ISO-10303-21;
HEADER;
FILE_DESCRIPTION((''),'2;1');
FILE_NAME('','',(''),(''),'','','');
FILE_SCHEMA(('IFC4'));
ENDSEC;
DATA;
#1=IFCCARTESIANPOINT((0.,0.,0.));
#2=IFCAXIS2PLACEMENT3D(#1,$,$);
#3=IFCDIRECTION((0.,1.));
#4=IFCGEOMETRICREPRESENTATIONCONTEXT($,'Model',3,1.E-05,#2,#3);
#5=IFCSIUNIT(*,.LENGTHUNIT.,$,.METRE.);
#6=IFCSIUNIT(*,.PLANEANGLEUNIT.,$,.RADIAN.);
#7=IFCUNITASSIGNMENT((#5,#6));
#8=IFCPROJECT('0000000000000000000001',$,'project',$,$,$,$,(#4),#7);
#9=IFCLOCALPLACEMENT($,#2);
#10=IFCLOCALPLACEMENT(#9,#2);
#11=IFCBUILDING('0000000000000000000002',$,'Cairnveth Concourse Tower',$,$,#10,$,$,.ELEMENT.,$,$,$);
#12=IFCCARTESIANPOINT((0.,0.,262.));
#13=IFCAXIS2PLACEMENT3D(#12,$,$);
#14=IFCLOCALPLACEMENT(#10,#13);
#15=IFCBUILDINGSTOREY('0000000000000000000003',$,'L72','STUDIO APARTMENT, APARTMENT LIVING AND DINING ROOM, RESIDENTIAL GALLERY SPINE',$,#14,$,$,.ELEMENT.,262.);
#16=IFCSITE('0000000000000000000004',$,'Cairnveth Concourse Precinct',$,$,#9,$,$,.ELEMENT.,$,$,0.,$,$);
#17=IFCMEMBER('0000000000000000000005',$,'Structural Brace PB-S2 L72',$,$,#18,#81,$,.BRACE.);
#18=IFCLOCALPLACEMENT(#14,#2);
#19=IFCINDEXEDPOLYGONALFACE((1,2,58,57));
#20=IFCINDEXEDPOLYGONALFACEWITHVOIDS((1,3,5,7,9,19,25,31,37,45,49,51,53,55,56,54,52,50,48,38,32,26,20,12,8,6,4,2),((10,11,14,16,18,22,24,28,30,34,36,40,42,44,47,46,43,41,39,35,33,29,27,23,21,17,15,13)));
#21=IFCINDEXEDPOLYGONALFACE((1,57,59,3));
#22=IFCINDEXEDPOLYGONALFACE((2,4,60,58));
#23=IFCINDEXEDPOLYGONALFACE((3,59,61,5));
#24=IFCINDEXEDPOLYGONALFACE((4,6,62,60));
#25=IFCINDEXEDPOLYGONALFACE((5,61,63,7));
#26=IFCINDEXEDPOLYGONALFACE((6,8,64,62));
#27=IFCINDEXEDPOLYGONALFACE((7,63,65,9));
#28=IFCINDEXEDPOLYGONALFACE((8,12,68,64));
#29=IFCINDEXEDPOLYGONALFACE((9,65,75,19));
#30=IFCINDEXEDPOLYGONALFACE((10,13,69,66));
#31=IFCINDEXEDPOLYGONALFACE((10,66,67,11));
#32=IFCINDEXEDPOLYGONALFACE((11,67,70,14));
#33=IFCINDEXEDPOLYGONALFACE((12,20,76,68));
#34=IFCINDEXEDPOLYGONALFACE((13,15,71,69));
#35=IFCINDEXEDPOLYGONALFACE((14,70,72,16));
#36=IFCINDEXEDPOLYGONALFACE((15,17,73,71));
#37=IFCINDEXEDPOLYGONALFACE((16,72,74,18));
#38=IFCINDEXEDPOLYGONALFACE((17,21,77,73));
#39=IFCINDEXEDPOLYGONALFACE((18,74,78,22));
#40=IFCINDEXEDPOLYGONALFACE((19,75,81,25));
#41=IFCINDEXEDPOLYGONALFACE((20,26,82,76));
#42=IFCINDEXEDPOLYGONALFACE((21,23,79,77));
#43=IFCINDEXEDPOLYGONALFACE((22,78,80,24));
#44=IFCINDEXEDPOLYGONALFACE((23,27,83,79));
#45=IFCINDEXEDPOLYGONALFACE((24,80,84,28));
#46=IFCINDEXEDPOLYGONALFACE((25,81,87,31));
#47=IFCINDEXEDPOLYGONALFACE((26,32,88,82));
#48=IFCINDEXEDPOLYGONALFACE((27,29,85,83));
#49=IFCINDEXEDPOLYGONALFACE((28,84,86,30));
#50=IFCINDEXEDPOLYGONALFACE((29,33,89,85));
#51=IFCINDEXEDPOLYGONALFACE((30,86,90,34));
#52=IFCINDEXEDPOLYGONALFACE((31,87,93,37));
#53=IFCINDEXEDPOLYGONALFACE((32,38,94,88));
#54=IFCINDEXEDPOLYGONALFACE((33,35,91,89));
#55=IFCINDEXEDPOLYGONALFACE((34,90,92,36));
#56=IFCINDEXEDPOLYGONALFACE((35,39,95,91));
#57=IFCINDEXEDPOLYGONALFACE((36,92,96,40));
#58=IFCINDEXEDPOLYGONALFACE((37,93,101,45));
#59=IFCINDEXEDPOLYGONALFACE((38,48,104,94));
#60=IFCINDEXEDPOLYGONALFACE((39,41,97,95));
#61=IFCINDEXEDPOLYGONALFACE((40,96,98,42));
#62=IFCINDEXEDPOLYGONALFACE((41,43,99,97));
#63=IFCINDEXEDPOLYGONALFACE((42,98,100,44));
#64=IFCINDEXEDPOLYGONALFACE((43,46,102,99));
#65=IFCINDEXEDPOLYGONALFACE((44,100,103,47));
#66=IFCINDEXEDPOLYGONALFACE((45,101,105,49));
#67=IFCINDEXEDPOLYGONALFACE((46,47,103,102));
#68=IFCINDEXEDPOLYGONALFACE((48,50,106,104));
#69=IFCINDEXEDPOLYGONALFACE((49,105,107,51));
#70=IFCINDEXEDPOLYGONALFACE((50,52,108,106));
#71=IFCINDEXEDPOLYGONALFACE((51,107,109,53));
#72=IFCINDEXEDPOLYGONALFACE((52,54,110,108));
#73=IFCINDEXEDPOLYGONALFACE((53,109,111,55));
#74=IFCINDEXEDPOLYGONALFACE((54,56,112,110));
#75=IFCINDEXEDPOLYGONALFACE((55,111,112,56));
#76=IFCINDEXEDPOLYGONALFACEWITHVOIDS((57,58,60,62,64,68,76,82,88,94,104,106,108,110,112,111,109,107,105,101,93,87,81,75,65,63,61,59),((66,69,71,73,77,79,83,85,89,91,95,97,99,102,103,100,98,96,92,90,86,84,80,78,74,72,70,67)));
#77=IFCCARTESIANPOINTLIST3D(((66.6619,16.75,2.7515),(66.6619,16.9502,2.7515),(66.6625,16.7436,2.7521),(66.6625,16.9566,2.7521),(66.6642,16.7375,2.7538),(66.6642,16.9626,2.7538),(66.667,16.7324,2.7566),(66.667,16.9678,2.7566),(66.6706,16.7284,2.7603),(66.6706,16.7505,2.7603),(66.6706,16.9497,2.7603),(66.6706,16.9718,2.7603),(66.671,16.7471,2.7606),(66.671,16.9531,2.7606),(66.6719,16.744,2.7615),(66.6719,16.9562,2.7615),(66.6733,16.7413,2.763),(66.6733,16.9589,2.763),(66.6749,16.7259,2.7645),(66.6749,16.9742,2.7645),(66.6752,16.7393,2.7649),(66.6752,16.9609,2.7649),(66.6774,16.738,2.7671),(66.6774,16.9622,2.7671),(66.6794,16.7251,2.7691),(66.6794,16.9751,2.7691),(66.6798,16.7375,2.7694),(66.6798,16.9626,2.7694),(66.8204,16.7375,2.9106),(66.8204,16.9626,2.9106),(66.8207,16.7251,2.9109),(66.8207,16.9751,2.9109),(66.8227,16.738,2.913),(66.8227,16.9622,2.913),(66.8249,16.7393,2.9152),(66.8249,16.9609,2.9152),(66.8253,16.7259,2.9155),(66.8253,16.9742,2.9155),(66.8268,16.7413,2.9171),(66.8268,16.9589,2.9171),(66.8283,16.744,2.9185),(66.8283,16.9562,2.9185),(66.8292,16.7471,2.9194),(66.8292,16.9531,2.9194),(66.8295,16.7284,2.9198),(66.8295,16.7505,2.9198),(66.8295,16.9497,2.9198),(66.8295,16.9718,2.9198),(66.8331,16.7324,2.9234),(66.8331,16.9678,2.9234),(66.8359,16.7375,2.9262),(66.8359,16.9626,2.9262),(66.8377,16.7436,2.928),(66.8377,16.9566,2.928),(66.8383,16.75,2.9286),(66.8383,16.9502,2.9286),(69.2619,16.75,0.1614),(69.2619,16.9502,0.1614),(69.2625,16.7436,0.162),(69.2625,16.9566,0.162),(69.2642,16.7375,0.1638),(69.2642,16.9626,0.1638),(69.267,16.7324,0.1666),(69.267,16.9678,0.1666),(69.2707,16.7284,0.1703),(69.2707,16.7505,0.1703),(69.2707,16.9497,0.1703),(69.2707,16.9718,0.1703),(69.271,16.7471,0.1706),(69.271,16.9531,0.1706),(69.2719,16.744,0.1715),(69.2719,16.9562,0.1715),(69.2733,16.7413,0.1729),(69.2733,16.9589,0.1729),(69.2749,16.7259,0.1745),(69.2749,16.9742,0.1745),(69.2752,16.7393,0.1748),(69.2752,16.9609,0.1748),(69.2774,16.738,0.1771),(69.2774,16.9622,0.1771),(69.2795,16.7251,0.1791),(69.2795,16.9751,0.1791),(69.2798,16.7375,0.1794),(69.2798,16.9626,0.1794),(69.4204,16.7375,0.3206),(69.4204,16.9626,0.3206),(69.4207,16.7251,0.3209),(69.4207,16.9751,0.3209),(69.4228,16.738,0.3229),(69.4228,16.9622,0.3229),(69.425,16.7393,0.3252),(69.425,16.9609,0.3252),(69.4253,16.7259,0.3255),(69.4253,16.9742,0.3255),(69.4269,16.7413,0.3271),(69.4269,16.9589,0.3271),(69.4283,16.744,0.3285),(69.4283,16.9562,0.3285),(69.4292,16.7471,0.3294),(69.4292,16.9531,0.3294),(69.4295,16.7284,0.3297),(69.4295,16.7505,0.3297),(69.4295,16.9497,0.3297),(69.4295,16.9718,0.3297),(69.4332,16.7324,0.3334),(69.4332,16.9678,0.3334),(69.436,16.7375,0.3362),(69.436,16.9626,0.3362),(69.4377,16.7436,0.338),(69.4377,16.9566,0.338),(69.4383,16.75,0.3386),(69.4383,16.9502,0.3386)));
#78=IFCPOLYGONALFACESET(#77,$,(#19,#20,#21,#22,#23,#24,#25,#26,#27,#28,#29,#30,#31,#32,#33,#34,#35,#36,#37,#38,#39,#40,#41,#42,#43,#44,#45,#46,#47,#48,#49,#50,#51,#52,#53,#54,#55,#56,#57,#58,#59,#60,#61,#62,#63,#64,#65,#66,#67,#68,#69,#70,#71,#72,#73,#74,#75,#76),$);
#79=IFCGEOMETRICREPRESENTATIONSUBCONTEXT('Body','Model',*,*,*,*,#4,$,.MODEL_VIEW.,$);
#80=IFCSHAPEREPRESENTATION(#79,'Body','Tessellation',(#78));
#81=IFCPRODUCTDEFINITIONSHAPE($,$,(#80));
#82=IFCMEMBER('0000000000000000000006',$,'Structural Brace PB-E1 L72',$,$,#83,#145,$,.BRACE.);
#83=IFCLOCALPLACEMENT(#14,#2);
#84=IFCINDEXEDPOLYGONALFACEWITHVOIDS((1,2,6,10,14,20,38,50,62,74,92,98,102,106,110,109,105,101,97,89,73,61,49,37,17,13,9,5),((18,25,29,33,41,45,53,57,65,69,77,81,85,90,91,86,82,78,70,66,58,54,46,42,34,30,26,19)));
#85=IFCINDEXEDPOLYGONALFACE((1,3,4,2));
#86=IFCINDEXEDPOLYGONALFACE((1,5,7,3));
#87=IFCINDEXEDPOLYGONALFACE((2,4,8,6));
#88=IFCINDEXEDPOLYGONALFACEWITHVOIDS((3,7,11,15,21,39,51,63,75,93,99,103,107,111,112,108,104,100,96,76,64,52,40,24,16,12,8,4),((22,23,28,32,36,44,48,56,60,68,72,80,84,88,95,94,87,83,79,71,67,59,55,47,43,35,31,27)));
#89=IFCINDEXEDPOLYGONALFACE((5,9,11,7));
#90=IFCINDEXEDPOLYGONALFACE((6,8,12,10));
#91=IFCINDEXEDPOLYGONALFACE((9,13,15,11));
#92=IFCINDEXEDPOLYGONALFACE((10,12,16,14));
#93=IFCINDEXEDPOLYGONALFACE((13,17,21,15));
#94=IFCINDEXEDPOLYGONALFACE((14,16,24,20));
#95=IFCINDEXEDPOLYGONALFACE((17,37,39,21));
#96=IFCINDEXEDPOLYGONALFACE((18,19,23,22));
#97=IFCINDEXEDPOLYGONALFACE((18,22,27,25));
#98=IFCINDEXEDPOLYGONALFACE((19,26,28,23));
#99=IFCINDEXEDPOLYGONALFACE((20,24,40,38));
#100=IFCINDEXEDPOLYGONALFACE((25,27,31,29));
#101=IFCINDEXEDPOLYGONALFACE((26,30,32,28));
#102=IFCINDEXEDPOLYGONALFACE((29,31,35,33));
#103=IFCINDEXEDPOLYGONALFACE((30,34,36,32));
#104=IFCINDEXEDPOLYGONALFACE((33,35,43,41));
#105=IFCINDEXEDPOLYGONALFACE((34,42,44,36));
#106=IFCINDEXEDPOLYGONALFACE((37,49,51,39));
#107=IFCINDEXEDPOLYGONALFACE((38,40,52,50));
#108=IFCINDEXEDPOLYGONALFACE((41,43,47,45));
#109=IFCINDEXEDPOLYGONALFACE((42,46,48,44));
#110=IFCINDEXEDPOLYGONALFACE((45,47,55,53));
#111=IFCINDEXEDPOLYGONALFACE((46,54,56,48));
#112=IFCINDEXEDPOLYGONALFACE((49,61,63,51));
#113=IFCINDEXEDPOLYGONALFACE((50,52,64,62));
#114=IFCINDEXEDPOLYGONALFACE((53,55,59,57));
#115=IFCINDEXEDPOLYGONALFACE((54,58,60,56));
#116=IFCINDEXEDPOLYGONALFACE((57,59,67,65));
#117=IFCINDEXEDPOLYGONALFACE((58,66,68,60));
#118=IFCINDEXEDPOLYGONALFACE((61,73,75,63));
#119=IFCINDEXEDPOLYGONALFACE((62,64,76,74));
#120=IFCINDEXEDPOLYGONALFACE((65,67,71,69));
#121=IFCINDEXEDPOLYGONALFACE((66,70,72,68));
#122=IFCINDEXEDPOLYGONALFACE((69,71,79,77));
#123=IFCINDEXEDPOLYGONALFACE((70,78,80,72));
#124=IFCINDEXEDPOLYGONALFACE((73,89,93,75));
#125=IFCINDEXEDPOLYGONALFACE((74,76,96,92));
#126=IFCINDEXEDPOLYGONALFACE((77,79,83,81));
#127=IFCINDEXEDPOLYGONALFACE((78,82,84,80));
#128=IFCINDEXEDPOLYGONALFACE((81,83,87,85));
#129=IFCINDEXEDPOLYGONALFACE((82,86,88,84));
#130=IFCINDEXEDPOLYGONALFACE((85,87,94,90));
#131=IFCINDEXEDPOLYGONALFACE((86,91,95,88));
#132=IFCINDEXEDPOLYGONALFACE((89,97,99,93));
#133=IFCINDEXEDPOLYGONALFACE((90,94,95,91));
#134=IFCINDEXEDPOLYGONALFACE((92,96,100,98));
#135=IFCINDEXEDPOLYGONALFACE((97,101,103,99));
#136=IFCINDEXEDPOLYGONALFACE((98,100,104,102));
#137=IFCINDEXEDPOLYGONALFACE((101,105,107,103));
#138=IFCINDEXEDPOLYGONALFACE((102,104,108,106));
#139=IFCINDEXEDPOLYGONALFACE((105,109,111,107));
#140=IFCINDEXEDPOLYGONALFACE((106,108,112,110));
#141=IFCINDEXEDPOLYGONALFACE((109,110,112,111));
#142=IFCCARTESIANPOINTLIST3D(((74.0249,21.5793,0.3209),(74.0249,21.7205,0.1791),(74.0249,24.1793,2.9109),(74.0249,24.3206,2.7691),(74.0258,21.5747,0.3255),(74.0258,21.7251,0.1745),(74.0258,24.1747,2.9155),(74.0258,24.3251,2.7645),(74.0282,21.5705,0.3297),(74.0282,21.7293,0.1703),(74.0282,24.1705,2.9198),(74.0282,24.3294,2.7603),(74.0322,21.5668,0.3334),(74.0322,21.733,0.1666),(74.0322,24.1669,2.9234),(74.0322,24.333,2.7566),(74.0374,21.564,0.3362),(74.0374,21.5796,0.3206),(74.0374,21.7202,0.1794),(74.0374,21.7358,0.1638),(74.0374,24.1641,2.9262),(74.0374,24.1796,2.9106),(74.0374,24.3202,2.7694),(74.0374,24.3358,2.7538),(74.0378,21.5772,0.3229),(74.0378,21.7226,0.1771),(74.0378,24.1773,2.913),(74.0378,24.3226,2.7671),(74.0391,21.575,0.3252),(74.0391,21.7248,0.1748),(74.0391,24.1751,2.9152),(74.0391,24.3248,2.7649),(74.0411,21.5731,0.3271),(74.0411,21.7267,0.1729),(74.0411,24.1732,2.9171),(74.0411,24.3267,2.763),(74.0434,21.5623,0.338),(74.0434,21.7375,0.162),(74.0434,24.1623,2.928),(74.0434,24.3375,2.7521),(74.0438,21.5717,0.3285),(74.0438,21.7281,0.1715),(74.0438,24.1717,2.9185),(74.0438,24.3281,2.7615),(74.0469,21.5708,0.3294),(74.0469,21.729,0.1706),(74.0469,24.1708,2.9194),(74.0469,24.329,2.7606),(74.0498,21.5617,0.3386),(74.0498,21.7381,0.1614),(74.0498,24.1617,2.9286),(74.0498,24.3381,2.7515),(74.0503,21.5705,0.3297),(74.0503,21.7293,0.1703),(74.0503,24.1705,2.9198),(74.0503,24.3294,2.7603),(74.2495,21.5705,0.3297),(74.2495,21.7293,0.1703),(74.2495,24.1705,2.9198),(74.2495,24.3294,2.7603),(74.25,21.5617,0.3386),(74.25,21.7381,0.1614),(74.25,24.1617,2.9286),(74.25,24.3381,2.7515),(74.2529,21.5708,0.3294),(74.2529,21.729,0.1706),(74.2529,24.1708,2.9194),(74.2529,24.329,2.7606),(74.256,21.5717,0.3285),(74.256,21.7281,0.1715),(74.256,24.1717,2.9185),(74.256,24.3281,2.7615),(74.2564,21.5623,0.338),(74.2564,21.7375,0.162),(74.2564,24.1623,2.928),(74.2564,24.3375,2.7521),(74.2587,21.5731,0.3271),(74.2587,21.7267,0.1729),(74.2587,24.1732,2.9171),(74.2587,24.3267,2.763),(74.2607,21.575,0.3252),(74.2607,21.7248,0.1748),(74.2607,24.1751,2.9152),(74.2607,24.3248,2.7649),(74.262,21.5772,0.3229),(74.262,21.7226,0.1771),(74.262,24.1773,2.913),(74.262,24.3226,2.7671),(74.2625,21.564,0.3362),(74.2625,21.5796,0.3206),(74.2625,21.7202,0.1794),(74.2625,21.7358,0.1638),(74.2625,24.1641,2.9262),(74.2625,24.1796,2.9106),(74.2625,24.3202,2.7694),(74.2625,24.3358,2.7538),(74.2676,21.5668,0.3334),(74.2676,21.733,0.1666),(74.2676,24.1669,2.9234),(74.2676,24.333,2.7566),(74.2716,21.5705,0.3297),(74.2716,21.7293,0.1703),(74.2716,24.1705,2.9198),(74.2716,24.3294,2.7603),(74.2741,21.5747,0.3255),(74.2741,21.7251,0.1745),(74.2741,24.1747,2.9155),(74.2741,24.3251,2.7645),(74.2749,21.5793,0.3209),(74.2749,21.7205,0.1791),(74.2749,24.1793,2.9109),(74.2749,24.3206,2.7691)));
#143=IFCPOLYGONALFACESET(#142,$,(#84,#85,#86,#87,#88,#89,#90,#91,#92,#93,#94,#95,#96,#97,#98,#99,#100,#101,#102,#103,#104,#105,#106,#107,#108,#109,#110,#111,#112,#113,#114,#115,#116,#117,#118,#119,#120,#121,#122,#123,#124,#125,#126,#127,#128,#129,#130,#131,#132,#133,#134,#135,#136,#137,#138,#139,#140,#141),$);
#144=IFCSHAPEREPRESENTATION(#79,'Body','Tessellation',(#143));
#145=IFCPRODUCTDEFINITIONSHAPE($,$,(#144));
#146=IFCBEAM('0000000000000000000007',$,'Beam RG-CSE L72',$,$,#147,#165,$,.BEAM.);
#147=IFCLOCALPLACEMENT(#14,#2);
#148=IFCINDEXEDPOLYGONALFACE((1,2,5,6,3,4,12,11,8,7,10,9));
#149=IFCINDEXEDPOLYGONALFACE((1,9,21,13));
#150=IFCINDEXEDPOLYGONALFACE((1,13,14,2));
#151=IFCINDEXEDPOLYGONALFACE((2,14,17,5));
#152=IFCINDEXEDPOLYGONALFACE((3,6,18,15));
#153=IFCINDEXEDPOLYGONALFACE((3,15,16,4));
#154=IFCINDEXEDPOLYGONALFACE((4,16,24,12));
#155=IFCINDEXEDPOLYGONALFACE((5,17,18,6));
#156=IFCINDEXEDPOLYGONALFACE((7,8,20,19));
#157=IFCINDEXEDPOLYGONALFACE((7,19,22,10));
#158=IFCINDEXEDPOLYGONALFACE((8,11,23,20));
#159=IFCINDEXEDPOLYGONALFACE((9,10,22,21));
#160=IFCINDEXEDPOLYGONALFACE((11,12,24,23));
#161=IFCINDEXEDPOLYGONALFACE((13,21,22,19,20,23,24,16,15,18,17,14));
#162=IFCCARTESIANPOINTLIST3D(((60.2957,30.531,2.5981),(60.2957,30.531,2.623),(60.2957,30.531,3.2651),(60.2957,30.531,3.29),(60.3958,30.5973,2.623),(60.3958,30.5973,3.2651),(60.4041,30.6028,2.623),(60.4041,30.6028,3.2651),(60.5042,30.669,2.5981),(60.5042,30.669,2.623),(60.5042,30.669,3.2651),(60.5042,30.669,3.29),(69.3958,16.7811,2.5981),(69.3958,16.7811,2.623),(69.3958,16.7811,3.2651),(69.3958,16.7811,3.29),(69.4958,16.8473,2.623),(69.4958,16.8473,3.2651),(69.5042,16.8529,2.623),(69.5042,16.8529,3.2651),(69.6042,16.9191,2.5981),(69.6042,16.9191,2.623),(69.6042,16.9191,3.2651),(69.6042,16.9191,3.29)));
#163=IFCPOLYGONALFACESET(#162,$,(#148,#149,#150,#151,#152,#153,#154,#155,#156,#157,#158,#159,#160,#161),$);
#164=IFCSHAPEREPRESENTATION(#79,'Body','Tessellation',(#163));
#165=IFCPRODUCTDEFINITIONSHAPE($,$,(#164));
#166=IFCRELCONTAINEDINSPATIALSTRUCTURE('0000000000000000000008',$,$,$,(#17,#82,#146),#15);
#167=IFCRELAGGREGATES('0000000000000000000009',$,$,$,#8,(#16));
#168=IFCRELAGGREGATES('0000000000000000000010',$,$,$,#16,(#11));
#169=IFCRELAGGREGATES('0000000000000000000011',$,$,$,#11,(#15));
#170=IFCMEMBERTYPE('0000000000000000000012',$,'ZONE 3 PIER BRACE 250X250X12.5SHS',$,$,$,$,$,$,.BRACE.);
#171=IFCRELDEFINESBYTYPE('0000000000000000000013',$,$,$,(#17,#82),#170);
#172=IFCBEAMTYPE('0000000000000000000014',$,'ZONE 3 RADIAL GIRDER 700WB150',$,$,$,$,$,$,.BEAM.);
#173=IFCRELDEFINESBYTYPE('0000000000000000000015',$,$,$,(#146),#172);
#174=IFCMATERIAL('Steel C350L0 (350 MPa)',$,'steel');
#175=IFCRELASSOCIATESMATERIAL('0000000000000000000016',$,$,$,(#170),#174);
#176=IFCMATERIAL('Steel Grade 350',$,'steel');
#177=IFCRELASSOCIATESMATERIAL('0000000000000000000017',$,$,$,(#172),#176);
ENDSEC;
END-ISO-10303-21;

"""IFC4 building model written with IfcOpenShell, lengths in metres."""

from ifc_helpers import new_model, si_unit, direction, frame, origin, origin_2d, place, context, subcontext, project, spatial, hollow_rectangle, i_section, extrude, material, material_profile, profile_set, type_object, element, save


model = new_model("IFC4")

# Units and contexts
model_context = context("Model", 3, precision=1e-05, world=origin(), true_north=direction((0.0, 1.0)))
body_context = subcontext(model_context, "Body", "Model", "MODEL_VIEW")
ifc_project = project(units=[si_unit("LENGTHUNIT", "METRE"), si_unit("PLANEANGLEUNIT", "RADIAN")], contexts=[model_context])

# Site, building, storey
site_placement = place(None, origin())
site = spatial("IfcSite", under=ifc_project, at=site_placement, Name="Cairnveth Concourse Precinct", CompositionType="ELEMENT", RefElevation=0.0)
building_placement = place(site_placement, origin())
building = spatial("IfcBuilding", under=site, at=building_placement, Name="Cairnveth Concourse Tower", CompositionType="ELEMENT")
storey_placement = place(building_placement, frame((0.0, 0.0, 262.0)))
storey = spatial("IfcBuildingStorey", under=building, at=storey_placement, Name="L72", Description="STUDIO APARTMENT, APARTMENT LIVING AND DINING ROOM, RESIDENTIAL GALLERY SPINE", CompositionType="ELEMENT", Elevation=262.0)

# Shared definitions
ifc_material_1 = material(Name="Steel Grade 350", Category="steel")

# Members
ifc_material_2 = material(Name="Steel C350L0 (350 MPa)", Category="steel")
ifc_material_profile_1 = material_profile(ifc_material_2, hollow_rectangle(XDim=0.25, YDim=0.25, WallThickness=0.0125, InnerFilletRadius=0.0129, OuterFilletRadius=0.0249, at=origin_2d()), Name="250x250x12.5SHS")
ifc_profile_set_1 = profile_set([ifc_material_profile_1], Name="Steel C350L0 (350 MPa)")
member_type = type_object("IfcMemberType", Name="ZONE 3 PIER BRACE 250X250X12.5SHS", PredefinedType="BRACE", material=ifc_profile_set_1)
for number, where, z_axis, x_axis, name in (
    (1, (69.3501, 16.8501, 0.25), (-0.708469, 0.0, 0.705742), (0.0, -1.0, 0.0), "Structural Brace PB-S2 L72"),
    (2, (74.1499, 21.6499, 0.25), (0.0, 0.708469, 0.705742), (-1.0, 0.0, 0.0), "Structural Brace PB-E1 L72"),
):
    element("IfcMember", number, at=place(storey_placement, frame(where, z_axis=z_axis, x_axis=x_axis)), inside=storey, type_object=member_type, Name=name, PredefinedType="BRACE", context=body_context, shape_type="SweptSolid", body=[
        extrude(hollow_rectangle(XDim=0.25, YDim=0.25, WallThickness=0.0125, InnerFilletRadius=0.0129, OuterFilletRadius=0.0249, at=origin_2d()), origin(), (0.0, 0.0, 1.0), 3.6699),
    ])

# Beam
ifc_material_profile_2 = material_profile(ifc_material_1, i_section(OverallWidth=0.25, OverallDepth=0.6919, WebThickness=0.01, FlangeThickness=0.0249, at=origin_2d()), Name="700WB150")
ifc_profile_set_2 = profile_set([ifc_material_profile_2], Name="Steel Grade 350")
beam_type_1 = type_object("IfcBeamType", Name="ZONE 3 RADIAL GIRDER 700WB150", PredefinedType="BEAM", material=ifc_profile_set_2)
beam_1_placement = place(storey_placement, frame((69.5, 16.8501, 2.9441), z_axis=(-0.551902, 0.833909, 0.0), x_axis=(-0.833909, -0.551902, 0.0)))
element("IfcBeam", 3, at=beam_1_placement, inside=storey, type_object=beam_type_1, Name="Beam RG-CSE L72", PredefinedType="BEAM", context=body_context, shape_type="SweptSolid", body=[
    extrude(i_section(OverallWidth=0.25, OverallDepth=0.6919, WebThickness=0.01, FlangeThickness=0.0249, at=origin_2d()), origin(), (0.0, 0.0, 1.0), 16.4885),
])

save(model, "model.ifc")
